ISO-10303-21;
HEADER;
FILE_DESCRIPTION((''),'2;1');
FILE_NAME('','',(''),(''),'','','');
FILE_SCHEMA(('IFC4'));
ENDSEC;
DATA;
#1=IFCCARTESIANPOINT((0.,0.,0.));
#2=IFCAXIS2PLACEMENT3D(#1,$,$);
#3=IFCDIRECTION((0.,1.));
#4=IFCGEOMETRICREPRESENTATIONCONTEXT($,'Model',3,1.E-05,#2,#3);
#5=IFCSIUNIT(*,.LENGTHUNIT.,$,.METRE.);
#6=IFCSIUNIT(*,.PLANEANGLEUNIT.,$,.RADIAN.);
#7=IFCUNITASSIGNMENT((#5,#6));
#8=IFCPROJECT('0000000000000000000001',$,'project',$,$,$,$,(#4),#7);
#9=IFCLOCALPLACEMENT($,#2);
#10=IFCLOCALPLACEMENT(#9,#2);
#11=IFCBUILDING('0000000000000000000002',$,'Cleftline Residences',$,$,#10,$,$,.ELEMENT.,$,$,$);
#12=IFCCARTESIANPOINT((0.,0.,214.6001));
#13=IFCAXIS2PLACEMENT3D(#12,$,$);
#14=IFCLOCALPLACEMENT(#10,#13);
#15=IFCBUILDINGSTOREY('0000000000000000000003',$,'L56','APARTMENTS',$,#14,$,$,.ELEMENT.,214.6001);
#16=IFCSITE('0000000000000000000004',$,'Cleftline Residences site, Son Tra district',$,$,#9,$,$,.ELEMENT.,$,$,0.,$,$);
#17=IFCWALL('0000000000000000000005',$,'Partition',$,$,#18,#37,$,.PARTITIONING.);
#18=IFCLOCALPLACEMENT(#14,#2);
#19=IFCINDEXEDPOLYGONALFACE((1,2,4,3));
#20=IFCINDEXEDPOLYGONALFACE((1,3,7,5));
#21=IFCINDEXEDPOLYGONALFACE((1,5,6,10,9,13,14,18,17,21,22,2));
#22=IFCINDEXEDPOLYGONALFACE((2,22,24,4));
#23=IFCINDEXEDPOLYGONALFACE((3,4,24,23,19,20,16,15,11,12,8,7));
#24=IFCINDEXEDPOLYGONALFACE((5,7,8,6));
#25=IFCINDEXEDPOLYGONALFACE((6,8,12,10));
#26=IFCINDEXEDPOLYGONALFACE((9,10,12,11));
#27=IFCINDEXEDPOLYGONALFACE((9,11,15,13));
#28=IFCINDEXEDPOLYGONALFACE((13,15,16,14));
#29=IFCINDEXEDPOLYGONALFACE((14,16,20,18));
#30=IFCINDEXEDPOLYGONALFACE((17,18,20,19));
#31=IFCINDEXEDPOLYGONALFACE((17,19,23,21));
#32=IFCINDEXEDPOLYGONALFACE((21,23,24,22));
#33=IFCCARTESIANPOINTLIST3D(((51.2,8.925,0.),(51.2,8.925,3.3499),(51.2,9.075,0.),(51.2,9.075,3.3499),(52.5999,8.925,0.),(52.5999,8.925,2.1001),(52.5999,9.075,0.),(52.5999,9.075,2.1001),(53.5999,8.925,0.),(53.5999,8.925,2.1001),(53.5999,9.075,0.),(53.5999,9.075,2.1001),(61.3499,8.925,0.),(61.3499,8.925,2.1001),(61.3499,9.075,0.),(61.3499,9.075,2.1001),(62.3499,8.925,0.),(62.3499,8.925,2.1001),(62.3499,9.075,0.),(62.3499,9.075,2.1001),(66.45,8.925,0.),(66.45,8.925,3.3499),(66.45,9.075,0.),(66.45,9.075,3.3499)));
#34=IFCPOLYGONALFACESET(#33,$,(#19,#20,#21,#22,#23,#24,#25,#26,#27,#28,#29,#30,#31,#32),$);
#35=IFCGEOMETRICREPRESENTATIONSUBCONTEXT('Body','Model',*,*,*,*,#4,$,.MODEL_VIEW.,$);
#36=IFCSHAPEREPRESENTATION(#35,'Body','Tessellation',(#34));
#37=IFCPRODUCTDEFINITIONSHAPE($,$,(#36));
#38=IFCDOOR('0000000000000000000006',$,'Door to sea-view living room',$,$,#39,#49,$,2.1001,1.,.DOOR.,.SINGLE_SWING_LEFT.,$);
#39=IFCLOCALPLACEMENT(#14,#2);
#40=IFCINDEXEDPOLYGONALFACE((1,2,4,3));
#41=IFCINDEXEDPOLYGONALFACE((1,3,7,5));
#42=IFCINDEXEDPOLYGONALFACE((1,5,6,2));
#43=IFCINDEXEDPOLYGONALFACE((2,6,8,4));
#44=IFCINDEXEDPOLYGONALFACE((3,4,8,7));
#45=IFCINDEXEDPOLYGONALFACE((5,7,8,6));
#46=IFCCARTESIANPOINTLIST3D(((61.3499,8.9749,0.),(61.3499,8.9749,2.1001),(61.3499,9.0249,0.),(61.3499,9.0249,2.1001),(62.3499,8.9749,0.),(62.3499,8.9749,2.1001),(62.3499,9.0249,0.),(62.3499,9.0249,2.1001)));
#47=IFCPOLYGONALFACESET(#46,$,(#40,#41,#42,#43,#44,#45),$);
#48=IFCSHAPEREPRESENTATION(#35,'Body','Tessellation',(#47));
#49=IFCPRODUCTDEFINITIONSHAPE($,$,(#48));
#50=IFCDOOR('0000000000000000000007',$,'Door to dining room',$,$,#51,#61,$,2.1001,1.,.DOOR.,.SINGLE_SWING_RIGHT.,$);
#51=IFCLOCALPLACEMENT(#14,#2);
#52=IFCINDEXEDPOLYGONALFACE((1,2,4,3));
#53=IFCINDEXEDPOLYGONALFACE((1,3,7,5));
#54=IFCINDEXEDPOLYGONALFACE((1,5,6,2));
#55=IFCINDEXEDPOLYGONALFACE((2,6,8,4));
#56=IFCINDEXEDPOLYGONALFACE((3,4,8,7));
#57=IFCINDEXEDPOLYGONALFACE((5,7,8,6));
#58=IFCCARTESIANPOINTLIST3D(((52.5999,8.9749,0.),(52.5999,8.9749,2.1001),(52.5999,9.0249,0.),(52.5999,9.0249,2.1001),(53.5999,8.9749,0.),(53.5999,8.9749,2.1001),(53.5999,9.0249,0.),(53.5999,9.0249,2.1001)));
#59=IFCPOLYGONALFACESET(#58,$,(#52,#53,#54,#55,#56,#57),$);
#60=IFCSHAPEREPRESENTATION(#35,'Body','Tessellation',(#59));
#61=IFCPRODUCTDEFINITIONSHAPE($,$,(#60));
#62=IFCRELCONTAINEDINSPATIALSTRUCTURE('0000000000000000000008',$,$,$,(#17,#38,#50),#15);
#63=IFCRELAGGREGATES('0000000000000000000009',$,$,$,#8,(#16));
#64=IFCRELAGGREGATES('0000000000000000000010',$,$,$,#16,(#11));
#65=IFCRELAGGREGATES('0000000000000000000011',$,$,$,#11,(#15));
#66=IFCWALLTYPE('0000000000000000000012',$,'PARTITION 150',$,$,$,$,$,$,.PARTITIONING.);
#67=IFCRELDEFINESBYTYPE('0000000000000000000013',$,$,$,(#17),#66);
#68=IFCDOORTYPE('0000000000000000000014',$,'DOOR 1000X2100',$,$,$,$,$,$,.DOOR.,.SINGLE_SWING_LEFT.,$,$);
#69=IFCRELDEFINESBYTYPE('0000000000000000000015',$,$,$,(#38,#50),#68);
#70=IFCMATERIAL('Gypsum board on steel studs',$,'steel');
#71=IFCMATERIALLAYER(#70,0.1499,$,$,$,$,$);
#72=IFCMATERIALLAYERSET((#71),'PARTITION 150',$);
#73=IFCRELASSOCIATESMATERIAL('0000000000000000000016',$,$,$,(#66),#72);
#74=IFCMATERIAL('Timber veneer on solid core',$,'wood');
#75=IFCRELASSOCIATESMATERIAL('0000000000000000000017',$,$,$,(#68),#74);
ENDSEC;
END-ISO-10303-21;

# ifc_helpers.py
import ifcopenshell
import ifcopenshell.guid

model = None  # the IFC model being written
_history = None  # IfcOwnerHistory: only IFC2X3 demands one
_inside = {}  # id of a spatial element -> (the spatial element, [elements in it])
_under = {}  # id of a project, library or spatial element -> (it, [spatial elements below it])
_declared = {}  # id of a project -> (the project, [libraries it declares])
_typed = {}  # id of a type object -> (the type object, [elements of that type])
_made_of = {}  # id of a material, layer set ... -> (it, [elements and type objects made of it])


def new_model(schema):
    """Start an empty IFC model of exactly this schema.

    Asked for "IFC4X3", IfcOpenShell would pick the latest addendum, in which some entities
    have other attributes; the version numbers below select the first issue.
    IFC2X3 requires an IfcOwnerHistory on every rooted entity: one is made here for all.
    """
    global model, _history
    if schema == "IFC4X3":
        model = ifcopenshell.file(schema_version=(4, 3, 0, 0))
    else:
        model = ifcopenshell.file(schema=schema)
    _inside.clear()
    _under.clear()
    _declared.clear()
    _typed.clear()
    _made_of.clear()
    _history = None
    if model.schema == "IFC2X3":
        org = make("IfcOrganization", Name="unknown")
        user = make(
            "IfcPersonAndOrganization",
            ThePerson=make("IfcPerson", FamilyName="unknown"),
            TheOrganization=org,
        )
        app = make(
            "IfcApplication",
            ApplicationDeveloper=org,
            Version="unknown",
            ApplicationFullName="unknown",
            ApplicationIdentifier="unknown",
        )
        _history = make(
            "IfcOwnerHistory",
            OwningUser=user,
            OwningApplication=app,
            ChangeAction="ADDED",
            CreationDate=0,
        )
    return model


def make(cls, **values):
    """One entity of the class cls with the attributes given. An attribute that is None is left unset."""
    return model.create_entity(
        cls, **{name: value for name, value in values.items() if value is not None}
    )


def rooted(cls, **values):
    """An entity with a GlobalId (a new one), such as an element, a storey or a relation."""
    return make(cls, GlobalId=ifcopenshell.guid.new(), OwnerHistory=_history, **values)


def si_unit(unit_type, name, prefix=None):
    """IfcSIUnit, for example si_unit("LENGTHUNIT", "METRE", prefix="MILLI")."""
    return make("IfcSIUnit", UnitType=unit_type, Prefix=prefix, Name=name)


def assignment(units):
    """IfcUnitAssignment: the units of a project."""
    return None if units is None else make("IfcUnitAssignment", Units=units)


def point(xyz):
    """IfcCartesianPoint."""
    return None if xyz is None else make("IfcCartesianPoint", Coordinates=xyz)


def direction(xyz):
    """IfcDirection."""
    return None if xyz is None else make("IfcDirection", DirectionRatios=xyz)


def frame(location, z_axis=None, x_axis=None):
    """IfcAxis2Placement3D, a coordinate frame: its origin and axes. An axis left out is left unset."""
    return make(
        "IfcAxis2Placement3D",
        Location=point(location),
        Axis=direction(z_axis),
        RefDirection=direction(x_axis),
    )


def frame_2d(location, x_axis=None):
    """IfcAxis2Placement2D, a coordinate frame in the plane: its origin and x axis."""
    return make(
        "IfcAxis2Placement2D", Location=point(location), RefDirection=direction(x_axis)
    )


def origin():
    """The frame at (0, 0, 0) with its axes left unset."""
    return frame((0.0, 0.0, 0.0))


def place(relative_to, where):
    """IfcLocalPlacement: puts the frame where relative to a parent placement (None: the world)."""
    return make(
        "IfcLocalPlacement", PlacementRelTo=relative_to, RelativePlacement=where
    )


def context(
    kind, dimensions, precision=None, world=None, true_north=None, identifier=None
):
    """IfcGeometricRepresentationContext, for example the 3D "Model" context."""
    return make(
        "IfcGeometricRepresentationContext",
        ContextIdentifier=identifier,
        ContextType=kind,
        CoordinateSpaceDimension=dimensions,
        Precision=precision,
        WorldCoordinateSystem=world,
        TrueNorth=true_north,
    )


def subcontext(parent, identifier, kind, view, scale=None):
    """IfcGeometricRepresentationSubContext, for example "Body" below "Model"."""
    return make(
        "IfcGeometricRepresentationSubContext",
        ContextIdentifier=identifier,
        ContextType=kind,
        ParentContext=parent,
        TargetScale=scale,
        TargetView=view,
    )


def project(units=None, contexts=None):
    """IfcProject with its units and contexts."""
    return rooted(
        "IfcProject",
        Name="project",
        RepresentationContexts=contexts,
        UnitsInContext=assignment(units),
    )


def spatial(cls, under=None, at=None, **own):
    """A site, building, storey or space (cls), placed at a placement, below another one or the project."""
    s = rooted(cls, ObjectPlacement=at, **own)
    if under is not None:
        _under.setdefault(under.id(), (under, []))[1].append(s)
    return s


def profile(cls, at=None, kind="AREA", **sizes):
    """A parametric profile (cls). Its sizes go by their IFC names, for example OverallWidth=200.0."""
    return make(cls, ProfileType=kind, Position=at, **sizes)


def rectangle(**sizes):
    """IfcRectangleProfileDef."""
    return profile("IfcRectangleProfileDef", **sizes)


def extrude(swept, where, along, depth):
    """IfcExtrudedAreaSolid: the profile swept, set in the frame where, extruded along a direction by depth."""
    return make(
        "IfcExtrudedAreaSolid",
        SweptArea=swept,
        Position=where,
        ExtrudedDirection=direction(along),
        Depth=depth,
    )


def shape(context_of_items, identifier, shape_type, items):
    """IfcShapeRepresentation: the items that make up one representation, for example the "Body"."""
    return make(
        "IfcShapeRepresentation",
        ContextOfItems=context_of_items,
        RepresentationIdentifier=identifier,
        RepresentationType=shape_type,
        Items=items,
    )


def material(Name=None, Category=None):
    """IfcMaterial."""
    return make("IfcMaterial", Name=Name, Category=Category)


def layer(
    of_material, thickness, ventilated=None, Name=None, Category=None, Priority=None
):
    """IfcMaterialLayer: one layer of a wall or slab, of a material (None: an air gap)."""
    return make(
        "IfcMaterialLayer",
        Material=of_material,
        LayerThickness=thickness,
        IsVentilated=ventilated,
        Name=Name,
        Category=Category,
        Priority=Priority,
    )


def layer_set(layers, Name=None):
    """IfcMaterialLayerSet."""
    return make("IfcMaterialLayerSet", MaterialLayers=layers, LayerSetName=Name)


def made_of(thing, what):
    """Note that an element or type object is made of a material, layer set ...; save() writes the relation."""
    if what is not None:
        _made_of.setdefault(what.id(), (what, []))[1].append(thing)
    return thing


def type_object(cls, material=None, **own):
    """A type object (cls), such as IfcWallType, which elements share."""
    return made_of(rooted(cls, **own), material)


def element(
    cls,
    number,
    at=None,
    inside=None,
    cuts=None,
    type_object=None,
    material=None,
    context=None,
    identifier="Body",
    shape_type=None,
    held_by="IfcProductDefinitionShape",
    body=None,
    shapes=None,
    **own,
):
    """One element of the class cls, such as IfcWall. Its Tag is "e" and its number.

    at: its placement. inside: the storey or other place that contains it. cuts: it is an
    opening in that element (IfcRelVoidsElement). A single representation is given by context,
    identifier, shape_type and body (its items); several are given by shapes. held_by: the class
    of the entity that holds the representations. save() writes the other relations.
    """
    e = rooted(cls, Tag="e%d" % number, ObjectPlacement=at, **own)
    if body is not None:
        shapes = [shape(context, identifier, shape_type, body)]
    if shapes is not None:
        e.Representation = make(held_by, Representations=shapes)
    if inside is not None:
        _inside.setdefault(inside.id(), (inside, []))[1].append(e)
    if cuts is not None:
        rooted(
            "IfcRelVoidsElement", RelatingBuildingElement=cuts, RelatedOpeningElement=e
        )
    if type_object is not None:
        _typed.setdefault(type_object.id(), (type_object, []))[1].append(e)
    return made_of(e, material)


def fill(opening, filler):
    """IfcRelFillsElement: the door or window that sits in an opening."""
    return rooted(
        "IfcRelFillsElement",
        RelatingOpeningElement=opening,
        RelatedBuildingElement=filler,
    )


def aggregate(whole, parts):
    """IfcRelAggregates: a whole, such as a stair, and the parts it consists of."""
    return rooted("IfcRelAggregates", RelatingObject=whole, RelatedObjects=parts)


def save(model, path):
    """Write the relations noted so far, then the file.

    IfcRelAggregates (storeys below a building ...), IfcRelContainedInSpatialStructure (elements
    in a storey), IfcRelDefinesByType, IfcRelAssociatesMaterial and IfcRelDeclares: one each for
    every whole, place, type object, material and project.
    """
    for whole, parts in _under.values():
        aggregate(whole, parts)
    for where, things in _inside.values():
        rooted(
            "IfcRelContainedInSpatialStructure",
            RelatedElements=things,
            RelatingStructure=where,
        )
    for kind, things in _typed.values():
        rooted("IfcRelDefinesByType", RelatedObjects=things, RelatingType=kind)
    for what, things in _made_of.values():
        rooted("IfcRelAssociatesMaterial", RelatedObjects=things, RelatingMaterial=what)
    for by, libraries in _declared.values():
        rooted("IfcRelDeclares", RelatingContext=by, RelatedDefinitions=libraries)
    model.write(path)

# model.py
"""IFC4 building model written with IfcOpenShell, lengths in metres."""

from ifc_helpers import new_model, si_unit, direction, frame, frame_2d, origin, place, context, subcontext, project, spatial, rectangle, extrude, material, layer, layer_set, type_object, element, fill, save


model = new_model("IFC4")

# Units and contexts
model_context = context("Model", 3, precision=1e-05, world=origin(), true_north=direction((0.0, 1.0)))
body_context = subcontext(model_context, "Body", "Model", "MODEL_VIEW")
ifc_project = project(units=[si_unit("LENGTHUNIT", "METRE"), si_unit("PLANEANGLEUNIT", "RADIAN")], contexts=[model_context])

# Site, building, storey
site_placement = place(None, origin())
site = spatial("IfcSite", under=ifc_project, at=site_placement, Name="Cleftline Residences site, Son Tra district", CompositionType="ELEMENT", RefElevation=0.0)
building_placement = place(site_placement, origin())
building = spatial("IfcBuilding", under=site, at=building_placement, Name="Cleftline Residences", CompositionType="ELEMENT")
storey_placement = place(building_placement, frame((0.0, 0.0, 214.6001)))
storey = spatial("IfcBuildingStorey", under=building, at=storey_placement, Name="L56", Description="APARTMENTS", CompositionType="ELEMENT", Elevation=214.6001)

# Wall, openings, doors
ifc_material_1 = material(Name="Gypsum board on steel studs", Category="steel")
ifc_layer_1 = layer(ifc_material_1, 0.1499)
ifc_layer_set_1 = layer_set([ifc_layer_1], Name="PARTITION 150")
wall_type = type_object("IfcWallType", Name="PARTITION 150", PredefinedType="PARTITIONING", material=ifc_layer_set_1)
ifc_material_2 = material(Name="Timber veneer on solid core", Category="wood")
door_type_1 = type_object("IfcDoorType", Name="DOOR 1000X2100", OperationType="SINGLE_SWING_LEFT", PredefinedType="DOOR", material=ifc_material_2)
wall_1_placement = place(storey_placement, frame((51.2, 9.0, 0.0), z_axis=(0.0, 0.0, 1.0), x_axis=(1.0, 0.0, 0.0)))
wall_1 = element("IfcWall", 1, at=wall_1_placement, inside=storey, type_object=wall_type, Name="Partition", PredefinedType="PARTITIONING", context=body_context, shape_type="SweptSolid", body=[
    extrude(rectangle(XDim=15.25, YDim=0.1499, at=frame_2d((7.625, 0.0))), origin(), (0.0, 0.0, 1.0), 3.3499),
])
opening_1_placement = place(wall_1_placement, frame((10.1499, 0.0, 0.0)))
opening_1 = element("IfcOpeningElement", 2, at=opening_1_placement, cuts=wall_1, PredefinedType="OPENING", context=body_context, shape_type="SweptSolid", body=[
    extrude(rectangle(XDim=1.0, YDim=2.1001, at=frame_2d((0.5, 1.05))), frame((0.0, 0.085, 0.0), z_axis=(0.0, -1.0, 0.0), x_axis=(1.0, 0.0, 0.0)), (0.0, 0.0, 1.0), 0.1699),
])
opening_2_placement = place(wall_1_placement, frame((1.3999, 0.0, 0.0)))
opening_2 = element("IfcOpeningElement", 3, at=opening_2_placement, cuts=wall_1, PredefinedType="OPENING", context=body_context, shape_type="SweptSolid", body=[
    extrude(rectangle(XDim=1.0, YDim=2.1001, at=frame_2d((0.5, 1.05))), frame((0.0, 0.085, 0.0), z_axis=(0.0, -1.0, 0.0), x_axis=(1.0, 0.0, 0.0)), (0.0, 0.0, 1.0), 0.1699),
])
door_1_placement = place(opening_1_placement, origin())
door_1 = element("IfcDoor", 4, at=door_1_placement, inside=storey, type_object=door_type_1, Name="Door to sea-view living room", OperationType="SINGLE_SWING_LEFT", OverallHeight=2.1001, OverallWidth=1.0, PredefinedType="DOOR", context=body_context, shape_type="SweptSolid", body=[
    extrude(rectangle(XDim=1.0, YDim=2.1001, at=frame_2d((0.5, 1.05))), frame((0.0, 0.0249, 0.0), z_axis=(0.0, -1.0, 0.0), x_axis=(1.0, 0.0, 0.0)), (0.0, 0.0, 1.0), 0.05),
])
fill(opening_1, door_1)
door_2_placement = place(opening_2_placement, origin())
door_2 = element("IfcDoor", 5, at=door_2_placement, inside=storey, type_object=door_type_1, Name="Door to dining room", OperationType="SINGLE_SWING_RIGHT", OverallHeight=2.1001, OverallWidth=1.0, PredefinedType="DOOR", context=body_context, shape_type="SweptSolid", body=[
    extrude(rectangle(XDim=1.0, YDim=2.1001, at=frame_2d((0.5, 1.05))), frame((0.0, 0.0249, 0.0), z_axis=(0.0, -1.0, 0.0), x_axis=(1.0, 0.0, 0.0)), (0.0, 0.0, 1.0), 0.05),
])
fill(opening_2, door_2)

save(model, "model.ifc")
